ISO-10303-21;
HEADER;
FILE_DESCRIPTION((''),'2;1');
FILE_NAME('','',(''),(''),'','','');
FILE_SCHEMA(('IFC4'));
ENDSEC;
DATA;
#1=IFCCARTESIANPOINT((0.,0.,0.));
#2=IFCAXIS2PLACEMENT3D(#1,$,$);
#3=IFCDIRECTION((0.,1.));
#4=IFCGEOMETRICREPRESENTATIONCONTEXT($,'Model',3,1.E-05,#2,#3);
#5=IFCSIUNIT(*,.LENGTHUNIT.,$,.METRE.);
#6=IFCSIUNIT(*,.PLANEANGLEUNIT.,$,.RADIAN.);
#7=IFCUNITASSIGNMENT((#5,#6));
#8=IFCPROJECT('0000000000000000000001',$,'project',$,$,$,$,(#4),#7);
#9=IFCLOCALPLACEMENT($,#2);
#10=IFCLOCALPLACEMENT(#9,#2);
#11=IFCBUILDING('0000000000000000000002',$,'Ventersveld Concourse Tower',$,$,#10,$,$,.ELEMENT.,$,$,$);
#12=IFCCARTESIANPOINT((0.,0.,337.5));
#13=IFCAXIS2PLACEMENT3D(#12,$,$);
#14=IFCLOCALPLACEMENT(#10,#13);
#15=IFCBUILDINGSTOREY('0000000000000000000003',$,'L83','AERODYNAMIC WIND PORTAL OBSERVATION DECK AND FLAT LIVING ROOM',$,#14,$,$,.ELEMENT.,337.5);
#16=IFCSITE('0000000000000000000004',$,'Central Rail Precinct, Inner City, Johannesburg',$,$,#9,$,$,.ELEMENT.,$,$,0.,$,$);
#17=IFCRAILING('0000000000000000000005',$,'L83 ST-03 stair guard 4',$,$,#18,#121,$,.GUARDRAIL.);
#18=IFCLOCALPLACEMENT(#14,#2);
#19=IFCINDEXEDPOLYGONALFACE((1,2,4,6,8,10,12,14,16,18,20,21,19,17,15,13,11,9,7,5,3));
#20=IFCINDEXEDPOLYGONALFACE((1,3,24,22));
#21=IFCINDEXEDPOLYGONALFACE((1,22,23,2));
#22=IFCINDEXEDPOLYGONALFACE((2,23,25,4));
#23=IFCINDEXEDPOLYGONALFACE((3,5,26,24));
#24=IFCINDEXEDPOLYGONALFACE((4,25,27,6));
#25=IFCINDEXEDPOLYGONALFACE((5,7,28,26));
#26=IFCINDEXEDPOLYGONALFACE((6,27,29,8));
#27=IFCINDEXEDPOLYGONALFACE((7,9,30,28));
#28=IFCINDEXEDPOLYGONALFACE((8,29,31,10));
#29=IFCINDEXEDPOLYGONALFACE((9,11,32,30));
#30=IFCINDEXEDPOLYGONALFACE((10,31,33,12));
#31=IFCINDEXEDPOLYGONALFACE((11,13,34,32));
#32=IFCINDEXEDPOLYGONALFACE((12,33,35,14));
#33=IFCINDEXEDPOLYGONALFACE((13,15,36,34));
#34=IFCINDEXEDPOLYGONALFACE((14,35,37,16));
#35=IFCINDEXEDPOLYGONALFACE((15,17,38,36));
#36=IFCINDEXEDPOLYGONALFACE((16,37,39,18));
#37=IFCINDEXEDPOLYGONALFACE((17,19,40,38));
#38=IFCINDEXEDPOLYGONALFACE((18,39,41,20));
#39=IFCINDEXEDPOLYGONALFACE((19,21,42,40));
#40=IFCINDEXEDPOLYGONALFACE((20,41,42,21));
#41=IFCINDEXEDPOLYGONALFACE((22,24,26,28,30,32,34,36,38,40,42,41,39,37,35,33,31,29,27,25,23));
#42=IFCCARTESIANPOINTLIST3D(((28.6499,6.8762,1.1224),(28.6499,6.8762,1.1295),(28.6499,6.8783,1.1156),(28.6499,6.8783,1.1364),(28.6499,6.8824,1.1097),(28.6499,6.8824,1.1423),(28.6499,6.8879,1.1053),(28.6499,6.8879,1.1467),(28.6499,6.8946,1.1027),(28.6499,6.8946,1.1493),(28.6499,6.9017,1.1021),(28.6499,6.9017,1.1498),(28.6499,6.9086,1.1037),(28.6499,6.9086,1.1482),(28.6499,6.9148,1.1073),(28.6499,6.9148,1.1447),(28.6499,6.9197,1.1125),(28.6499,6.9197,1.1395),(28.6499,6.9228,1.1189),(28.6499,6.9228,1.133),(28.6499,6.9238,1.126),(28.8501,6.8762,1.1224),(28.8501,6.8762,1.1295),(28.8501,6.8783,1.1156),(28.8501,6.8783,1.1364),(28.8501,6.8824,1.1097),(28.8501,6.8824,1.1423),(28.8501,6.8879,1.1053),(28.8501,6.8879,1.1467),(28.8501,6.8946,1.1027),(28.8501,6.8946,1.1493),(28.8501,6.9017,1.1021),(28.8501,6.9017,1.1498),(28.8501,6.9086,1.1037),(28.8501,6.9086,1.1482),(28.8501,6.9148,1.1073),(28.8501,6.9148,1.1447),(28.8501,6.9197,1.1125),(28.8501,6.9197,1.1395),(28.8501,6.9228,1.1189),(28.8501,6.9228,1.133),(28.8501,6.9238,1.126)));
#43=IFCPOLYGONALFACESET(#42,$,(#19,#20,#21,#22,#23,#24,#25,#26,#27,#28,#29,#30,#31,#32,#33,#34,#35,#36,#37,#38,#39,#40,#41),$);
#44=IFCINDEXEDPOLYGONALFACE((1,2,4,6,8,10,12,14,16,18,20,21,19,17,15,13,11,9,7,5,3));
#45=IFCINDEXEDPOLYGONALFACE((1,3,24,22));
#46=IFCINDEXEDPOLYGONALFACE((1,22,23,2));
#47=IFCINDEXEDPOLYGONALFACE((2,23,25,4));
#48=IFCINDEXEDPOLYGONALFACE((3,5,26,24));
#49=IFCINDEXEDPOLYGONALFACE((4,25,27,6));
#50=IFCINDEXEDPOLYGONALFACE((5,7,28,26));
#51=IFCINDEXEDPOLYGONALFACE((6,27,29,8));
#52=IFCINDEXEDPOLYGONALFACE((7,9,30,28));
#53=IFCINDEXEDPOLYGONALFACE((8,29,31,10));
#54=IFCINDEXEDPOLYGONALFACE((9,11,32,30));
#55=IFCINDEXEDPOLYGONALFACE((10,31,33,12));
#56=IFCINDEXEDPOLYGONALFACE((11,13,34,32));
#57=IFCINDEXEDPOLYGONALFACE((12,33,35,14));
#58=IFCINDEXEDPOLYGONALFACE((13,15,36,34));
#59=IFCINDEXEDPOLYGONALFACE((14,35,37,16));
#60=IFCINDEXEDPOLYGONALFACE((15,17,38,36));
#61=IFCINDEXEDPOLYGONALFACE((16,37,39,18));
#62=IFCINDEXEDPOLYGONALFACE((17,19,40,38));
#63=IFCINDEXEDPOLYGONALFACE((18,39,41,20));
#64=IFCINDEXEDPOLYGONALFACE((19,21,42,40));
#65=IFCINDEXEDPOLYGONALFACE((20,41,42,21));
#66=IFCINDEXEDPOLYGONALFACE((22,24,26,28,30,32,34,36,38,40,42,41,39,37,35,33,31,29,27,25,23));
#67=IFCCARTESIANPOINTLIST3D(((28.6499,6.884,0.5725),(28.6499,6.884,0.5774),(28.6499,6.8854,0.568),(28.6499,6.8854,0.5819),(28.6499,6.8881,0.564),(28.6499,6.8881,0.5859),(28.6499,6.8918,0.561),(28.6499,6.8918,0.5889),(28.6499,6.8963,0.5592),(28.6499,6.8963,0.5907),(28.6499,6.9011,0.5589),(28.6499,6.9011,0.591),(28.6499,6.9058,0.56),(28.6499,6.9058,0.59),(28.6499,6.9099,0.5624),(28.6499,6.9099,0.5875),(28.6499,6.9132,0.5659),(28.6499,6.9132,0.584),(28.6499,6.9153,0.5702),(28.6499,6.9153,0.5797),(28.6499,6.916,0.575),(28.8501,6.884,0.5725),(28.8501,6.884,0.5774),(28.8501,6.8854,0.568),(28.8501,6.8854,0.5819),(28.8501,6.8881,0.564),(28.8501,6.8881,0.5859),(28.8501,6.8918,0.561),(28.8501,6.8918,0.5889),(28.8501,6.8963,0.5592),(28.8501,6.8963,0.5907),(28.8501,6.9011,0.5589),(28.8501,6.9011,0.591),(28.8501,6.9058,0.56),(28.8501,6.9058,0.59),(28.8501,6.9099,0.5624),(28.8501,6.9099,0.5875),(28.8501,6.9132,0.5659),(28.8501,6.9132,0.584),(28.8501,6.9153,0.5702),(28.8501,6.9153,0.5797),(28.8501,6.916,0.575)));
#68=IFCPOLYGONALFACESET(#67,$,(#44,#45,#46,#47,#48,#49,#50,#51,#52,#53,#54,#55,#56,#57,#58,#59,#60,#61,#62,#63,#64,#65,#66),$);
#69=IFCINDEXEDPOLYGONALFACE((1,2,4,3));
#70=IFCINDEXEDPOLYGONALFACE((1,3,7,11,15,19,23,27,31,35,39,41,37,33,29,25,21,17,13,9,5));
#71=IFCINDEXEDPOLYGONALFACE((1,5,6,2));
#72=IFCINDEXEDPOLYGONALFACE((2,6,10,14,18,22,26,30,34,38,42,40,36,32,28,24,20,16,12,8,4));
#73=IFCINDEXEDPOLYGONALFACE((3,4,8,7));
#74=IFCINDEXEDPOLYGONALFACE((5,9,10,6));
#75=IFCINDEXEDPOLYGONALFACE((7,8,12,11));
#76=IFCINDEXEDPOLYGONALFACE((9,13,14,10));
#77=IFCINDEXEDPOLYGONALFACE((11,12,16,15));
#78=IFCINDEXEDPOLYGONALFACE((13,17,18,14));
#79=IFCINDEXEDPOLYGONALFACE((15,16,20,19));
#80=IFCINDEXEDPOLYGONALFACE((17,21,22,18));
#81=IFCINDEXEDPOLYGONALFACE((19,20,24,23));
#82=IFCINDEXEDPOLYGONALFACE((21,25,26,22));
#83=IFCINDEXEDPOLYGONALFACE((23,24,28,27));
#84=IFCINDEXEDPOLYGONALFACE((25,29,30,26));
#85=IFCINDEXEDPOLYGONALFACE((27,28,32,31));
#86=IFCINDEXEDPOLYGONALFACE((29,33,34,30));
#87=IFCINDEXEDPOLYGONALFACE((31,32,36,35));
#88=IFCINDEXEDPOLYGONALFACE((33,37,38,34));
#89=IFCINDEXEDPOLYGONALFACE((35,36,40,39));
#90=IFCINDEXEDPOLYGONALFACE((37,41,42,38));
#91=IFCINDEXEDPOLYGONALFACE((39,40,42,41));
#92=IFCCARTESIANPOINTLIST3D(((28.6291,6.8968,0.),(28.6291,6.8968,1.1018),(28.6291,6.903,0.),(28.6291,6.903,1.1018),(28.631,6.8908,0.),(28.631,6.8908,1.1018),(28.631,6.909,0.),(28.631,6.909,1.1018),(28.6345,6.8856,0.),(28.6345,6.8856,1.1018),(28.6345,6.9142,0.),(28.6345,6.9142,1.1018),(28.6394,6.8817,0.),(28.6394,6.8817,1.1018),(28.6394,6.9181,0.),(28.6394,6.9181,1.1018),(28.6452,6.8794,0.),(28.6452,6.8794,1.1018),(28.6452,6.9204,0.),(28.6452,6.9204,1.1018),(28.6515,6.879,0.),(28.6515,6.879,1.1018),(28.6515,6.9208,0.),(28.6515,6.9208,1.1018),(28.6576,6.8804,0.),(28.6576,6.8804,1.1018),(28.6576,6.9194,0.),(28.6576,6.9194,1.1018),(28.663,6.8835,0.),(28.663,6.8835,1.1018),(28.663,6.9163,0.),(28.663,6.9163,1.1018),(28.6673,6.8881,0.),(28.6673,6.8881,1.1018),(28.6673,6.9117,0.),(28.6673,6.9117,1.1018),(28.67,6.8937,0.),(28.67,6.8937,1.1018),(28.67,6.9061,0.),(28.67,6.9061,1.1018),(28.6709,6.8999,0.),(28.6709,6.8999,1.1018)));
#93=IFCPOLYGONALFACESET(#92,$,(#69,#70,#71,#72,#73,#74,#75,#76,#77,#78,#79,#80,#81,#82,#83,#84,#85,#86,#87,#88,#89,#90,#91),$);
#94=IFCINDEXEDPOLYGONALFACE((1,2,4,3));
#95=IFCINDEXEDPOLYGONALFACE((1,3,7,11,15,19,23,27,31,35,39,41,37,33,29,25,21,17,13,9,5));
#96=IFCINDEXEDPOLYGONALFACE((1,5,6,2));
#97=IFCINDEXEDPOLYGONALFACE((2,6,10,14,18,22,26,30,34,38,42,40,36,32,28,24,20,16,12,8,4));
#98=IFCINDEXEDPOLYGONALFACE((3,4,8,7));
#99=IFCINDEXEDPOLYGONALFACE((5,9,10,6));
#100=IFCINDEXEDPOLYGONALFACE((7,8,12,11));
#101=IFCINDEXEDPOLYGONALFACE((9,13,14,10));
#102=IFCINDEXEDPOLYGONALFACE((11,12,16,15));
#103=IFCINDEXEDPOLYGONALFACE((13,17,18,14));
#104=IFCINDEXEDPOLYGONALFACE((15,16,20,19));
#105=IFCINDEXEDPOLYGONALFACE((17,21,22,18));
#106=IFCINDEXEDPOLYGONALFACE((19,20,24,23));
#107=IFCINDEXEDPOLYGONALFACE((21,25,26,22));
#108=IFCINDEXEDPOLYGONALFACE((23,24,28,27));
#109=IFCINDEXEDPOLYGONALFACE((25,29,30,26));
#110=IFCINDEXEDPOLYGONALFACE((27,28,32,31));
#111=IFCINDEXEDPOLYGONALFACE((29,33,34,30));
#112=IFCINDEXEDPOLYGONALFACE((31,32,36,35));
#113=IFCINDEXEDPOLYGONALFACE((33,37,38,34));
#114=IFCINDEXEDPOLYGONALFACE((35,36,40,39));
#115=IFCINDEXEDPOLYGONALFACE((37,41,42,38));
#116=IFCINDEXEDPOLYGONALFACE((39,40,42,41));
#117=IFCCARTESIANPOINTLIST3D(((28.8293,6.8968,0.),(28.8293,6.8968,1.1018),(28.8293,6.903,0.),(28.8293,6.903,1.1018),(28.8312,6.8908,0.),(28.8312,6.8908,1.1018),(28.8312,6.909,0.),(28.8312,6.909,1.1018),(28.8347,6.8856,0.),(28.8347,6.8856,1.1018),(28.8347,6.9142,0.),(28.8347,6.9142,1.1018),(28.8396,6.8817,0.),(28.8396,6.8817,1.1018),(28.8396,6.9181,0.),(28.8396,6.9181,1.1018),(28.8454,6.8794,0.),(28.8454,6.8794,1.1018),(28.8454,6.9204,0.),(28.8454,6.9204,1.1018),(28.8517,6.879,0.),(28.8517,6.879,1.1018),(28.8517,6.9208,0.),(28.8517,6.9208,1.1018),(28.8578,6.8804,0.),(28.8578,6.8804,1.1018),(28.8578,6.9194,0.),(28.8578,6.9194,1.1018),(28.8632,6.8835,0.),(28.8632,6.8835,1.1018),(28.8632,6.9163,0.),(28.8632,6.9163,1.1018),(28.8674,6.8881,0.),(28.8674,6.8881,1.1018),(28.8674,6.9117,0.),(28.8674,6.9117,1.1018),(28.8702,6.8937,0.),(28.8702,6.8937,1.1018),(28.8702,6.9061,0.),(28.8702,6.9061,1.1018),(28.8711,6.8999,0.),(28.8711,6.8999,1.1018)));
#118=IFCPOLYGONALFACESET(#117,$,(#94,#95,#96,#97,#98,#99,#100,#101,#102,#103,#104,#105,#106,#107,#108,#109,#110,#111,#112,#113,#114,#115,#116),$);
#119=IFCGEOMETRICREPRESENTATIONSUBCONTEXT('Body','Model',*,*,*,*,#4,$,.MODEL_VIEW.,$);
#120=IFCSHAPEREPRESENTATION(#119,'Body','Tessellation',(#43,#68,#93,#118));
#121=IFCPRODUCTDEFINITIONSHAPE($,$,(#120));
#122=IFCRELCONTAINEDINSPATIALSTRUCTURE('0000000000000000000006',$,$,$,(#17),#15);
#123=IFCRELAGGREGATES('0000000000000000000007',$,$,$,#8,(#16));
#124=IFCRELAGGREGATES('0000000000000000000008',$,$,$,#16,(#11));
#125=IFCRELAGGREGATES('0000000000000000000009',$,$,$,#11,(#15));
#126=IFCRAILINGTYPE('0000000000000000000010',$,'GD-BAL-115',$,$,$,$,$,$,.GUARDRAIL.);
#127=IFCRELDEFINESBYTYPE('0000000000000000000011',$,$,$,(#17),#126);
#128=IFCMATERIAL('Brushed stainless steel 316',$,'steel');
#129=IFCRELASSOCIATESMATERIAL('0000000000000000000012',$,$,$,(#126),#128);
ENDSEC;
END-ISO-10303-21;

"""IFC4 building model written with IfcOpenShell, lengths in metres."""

from ifc_helpers import new_model, si_unit, direction, frame, origin, origin_2d, place, context, subcontext, project, spatial, circle, extrude, material, type_object, element, save


model = new_model("IFC4")

# Units and contexts
model_context = context("Model", 3, precision=1e-05, world=origin(), true_north=direction((0.0, 1.0)))
body_context = subcontext(model_context, "Body", "Model", "MODEL_VIEW")
ifc_project = project(units=[si_unit("LENGTHUNIT", "METRE"), si_unit("PLANEANGLEUNIT", "RADIAN")], contexts=[model_context])

# Site, building, storey
site_placement = place(None, origin())
site = spatial("IfcSite", under=ifc_project, at=site_placement, Name="Central Rail Precinct, Inner City, Johannesburg", CompositionType="ELEMENT", RefElevation=0.0)
building_placement = place(site_placement, origin())
building = spatial("IfcBuilding", under=site, at=building_placement, Name="Ventersveld Concourse Tower", CompositionType="ELEMENT")
storey_placement = place(building_placement, frame((0.0, 0.0, 337.5)))
storey = spatial("IfcBuildingStorey", under=building, at=storey_placement, Name="L83", Description="AERODYNAMIC WIND PORTAL OBSERVATION DECK AND FLAT LIVING ROOM", CompositionType="ELEMENT", Elevation=337.5)

# Railing
ifc_material_1 = material(Name="Brushed stainless steel 316", Category="steel")
railing_type_1 = type_object("IfcRailingType", Name="GD-BAL-115", PredefinedType="GUARDRAIL", material=ifc_material_1)
railing_1_placement = place(storey_placement, frame((28.6499, 6.8999, 0.0)))
element("IfcRailing", 1, at=railing_1_placement, inside=storey, type_object=railing_type_1, Name="L83 ST-03 stair guard 4", PredefinedType="GUARDRAIL", context=body_context, shape_type="SweptSolid", body=[
    extrude(circle(Radius=0.0239, at=origin_2d()), frame((0.0, 0.0, 1.126), z_axis=(1.0, 0.0, 0.0), x_axis=(0.0, 1.0, 0.0)), (0.0, 0.0, 1.0), 0.2002),
    extrude(circle(Radius=0.0161, at=origin_2d()), frame((0.0, 0.0, 0.575), z_axis=(1.0, 0.0, 0.0), x_axis=(0.0, 1.0, 0.0)), (0.0, 0.0, 1.0), 0.2002),
    extrude(circle(Radius=0.021, at=origin_2d()), origin(), (0.0, 0.0, 1.0), 1.1018),
    extrude(circle(Radius=0.021, at=origin_2d()), frame((0.2002, 0.0, 0.0)), (0.0, 0.0, 1.0), 1.1018),
])

save(model, "model.ifc")
